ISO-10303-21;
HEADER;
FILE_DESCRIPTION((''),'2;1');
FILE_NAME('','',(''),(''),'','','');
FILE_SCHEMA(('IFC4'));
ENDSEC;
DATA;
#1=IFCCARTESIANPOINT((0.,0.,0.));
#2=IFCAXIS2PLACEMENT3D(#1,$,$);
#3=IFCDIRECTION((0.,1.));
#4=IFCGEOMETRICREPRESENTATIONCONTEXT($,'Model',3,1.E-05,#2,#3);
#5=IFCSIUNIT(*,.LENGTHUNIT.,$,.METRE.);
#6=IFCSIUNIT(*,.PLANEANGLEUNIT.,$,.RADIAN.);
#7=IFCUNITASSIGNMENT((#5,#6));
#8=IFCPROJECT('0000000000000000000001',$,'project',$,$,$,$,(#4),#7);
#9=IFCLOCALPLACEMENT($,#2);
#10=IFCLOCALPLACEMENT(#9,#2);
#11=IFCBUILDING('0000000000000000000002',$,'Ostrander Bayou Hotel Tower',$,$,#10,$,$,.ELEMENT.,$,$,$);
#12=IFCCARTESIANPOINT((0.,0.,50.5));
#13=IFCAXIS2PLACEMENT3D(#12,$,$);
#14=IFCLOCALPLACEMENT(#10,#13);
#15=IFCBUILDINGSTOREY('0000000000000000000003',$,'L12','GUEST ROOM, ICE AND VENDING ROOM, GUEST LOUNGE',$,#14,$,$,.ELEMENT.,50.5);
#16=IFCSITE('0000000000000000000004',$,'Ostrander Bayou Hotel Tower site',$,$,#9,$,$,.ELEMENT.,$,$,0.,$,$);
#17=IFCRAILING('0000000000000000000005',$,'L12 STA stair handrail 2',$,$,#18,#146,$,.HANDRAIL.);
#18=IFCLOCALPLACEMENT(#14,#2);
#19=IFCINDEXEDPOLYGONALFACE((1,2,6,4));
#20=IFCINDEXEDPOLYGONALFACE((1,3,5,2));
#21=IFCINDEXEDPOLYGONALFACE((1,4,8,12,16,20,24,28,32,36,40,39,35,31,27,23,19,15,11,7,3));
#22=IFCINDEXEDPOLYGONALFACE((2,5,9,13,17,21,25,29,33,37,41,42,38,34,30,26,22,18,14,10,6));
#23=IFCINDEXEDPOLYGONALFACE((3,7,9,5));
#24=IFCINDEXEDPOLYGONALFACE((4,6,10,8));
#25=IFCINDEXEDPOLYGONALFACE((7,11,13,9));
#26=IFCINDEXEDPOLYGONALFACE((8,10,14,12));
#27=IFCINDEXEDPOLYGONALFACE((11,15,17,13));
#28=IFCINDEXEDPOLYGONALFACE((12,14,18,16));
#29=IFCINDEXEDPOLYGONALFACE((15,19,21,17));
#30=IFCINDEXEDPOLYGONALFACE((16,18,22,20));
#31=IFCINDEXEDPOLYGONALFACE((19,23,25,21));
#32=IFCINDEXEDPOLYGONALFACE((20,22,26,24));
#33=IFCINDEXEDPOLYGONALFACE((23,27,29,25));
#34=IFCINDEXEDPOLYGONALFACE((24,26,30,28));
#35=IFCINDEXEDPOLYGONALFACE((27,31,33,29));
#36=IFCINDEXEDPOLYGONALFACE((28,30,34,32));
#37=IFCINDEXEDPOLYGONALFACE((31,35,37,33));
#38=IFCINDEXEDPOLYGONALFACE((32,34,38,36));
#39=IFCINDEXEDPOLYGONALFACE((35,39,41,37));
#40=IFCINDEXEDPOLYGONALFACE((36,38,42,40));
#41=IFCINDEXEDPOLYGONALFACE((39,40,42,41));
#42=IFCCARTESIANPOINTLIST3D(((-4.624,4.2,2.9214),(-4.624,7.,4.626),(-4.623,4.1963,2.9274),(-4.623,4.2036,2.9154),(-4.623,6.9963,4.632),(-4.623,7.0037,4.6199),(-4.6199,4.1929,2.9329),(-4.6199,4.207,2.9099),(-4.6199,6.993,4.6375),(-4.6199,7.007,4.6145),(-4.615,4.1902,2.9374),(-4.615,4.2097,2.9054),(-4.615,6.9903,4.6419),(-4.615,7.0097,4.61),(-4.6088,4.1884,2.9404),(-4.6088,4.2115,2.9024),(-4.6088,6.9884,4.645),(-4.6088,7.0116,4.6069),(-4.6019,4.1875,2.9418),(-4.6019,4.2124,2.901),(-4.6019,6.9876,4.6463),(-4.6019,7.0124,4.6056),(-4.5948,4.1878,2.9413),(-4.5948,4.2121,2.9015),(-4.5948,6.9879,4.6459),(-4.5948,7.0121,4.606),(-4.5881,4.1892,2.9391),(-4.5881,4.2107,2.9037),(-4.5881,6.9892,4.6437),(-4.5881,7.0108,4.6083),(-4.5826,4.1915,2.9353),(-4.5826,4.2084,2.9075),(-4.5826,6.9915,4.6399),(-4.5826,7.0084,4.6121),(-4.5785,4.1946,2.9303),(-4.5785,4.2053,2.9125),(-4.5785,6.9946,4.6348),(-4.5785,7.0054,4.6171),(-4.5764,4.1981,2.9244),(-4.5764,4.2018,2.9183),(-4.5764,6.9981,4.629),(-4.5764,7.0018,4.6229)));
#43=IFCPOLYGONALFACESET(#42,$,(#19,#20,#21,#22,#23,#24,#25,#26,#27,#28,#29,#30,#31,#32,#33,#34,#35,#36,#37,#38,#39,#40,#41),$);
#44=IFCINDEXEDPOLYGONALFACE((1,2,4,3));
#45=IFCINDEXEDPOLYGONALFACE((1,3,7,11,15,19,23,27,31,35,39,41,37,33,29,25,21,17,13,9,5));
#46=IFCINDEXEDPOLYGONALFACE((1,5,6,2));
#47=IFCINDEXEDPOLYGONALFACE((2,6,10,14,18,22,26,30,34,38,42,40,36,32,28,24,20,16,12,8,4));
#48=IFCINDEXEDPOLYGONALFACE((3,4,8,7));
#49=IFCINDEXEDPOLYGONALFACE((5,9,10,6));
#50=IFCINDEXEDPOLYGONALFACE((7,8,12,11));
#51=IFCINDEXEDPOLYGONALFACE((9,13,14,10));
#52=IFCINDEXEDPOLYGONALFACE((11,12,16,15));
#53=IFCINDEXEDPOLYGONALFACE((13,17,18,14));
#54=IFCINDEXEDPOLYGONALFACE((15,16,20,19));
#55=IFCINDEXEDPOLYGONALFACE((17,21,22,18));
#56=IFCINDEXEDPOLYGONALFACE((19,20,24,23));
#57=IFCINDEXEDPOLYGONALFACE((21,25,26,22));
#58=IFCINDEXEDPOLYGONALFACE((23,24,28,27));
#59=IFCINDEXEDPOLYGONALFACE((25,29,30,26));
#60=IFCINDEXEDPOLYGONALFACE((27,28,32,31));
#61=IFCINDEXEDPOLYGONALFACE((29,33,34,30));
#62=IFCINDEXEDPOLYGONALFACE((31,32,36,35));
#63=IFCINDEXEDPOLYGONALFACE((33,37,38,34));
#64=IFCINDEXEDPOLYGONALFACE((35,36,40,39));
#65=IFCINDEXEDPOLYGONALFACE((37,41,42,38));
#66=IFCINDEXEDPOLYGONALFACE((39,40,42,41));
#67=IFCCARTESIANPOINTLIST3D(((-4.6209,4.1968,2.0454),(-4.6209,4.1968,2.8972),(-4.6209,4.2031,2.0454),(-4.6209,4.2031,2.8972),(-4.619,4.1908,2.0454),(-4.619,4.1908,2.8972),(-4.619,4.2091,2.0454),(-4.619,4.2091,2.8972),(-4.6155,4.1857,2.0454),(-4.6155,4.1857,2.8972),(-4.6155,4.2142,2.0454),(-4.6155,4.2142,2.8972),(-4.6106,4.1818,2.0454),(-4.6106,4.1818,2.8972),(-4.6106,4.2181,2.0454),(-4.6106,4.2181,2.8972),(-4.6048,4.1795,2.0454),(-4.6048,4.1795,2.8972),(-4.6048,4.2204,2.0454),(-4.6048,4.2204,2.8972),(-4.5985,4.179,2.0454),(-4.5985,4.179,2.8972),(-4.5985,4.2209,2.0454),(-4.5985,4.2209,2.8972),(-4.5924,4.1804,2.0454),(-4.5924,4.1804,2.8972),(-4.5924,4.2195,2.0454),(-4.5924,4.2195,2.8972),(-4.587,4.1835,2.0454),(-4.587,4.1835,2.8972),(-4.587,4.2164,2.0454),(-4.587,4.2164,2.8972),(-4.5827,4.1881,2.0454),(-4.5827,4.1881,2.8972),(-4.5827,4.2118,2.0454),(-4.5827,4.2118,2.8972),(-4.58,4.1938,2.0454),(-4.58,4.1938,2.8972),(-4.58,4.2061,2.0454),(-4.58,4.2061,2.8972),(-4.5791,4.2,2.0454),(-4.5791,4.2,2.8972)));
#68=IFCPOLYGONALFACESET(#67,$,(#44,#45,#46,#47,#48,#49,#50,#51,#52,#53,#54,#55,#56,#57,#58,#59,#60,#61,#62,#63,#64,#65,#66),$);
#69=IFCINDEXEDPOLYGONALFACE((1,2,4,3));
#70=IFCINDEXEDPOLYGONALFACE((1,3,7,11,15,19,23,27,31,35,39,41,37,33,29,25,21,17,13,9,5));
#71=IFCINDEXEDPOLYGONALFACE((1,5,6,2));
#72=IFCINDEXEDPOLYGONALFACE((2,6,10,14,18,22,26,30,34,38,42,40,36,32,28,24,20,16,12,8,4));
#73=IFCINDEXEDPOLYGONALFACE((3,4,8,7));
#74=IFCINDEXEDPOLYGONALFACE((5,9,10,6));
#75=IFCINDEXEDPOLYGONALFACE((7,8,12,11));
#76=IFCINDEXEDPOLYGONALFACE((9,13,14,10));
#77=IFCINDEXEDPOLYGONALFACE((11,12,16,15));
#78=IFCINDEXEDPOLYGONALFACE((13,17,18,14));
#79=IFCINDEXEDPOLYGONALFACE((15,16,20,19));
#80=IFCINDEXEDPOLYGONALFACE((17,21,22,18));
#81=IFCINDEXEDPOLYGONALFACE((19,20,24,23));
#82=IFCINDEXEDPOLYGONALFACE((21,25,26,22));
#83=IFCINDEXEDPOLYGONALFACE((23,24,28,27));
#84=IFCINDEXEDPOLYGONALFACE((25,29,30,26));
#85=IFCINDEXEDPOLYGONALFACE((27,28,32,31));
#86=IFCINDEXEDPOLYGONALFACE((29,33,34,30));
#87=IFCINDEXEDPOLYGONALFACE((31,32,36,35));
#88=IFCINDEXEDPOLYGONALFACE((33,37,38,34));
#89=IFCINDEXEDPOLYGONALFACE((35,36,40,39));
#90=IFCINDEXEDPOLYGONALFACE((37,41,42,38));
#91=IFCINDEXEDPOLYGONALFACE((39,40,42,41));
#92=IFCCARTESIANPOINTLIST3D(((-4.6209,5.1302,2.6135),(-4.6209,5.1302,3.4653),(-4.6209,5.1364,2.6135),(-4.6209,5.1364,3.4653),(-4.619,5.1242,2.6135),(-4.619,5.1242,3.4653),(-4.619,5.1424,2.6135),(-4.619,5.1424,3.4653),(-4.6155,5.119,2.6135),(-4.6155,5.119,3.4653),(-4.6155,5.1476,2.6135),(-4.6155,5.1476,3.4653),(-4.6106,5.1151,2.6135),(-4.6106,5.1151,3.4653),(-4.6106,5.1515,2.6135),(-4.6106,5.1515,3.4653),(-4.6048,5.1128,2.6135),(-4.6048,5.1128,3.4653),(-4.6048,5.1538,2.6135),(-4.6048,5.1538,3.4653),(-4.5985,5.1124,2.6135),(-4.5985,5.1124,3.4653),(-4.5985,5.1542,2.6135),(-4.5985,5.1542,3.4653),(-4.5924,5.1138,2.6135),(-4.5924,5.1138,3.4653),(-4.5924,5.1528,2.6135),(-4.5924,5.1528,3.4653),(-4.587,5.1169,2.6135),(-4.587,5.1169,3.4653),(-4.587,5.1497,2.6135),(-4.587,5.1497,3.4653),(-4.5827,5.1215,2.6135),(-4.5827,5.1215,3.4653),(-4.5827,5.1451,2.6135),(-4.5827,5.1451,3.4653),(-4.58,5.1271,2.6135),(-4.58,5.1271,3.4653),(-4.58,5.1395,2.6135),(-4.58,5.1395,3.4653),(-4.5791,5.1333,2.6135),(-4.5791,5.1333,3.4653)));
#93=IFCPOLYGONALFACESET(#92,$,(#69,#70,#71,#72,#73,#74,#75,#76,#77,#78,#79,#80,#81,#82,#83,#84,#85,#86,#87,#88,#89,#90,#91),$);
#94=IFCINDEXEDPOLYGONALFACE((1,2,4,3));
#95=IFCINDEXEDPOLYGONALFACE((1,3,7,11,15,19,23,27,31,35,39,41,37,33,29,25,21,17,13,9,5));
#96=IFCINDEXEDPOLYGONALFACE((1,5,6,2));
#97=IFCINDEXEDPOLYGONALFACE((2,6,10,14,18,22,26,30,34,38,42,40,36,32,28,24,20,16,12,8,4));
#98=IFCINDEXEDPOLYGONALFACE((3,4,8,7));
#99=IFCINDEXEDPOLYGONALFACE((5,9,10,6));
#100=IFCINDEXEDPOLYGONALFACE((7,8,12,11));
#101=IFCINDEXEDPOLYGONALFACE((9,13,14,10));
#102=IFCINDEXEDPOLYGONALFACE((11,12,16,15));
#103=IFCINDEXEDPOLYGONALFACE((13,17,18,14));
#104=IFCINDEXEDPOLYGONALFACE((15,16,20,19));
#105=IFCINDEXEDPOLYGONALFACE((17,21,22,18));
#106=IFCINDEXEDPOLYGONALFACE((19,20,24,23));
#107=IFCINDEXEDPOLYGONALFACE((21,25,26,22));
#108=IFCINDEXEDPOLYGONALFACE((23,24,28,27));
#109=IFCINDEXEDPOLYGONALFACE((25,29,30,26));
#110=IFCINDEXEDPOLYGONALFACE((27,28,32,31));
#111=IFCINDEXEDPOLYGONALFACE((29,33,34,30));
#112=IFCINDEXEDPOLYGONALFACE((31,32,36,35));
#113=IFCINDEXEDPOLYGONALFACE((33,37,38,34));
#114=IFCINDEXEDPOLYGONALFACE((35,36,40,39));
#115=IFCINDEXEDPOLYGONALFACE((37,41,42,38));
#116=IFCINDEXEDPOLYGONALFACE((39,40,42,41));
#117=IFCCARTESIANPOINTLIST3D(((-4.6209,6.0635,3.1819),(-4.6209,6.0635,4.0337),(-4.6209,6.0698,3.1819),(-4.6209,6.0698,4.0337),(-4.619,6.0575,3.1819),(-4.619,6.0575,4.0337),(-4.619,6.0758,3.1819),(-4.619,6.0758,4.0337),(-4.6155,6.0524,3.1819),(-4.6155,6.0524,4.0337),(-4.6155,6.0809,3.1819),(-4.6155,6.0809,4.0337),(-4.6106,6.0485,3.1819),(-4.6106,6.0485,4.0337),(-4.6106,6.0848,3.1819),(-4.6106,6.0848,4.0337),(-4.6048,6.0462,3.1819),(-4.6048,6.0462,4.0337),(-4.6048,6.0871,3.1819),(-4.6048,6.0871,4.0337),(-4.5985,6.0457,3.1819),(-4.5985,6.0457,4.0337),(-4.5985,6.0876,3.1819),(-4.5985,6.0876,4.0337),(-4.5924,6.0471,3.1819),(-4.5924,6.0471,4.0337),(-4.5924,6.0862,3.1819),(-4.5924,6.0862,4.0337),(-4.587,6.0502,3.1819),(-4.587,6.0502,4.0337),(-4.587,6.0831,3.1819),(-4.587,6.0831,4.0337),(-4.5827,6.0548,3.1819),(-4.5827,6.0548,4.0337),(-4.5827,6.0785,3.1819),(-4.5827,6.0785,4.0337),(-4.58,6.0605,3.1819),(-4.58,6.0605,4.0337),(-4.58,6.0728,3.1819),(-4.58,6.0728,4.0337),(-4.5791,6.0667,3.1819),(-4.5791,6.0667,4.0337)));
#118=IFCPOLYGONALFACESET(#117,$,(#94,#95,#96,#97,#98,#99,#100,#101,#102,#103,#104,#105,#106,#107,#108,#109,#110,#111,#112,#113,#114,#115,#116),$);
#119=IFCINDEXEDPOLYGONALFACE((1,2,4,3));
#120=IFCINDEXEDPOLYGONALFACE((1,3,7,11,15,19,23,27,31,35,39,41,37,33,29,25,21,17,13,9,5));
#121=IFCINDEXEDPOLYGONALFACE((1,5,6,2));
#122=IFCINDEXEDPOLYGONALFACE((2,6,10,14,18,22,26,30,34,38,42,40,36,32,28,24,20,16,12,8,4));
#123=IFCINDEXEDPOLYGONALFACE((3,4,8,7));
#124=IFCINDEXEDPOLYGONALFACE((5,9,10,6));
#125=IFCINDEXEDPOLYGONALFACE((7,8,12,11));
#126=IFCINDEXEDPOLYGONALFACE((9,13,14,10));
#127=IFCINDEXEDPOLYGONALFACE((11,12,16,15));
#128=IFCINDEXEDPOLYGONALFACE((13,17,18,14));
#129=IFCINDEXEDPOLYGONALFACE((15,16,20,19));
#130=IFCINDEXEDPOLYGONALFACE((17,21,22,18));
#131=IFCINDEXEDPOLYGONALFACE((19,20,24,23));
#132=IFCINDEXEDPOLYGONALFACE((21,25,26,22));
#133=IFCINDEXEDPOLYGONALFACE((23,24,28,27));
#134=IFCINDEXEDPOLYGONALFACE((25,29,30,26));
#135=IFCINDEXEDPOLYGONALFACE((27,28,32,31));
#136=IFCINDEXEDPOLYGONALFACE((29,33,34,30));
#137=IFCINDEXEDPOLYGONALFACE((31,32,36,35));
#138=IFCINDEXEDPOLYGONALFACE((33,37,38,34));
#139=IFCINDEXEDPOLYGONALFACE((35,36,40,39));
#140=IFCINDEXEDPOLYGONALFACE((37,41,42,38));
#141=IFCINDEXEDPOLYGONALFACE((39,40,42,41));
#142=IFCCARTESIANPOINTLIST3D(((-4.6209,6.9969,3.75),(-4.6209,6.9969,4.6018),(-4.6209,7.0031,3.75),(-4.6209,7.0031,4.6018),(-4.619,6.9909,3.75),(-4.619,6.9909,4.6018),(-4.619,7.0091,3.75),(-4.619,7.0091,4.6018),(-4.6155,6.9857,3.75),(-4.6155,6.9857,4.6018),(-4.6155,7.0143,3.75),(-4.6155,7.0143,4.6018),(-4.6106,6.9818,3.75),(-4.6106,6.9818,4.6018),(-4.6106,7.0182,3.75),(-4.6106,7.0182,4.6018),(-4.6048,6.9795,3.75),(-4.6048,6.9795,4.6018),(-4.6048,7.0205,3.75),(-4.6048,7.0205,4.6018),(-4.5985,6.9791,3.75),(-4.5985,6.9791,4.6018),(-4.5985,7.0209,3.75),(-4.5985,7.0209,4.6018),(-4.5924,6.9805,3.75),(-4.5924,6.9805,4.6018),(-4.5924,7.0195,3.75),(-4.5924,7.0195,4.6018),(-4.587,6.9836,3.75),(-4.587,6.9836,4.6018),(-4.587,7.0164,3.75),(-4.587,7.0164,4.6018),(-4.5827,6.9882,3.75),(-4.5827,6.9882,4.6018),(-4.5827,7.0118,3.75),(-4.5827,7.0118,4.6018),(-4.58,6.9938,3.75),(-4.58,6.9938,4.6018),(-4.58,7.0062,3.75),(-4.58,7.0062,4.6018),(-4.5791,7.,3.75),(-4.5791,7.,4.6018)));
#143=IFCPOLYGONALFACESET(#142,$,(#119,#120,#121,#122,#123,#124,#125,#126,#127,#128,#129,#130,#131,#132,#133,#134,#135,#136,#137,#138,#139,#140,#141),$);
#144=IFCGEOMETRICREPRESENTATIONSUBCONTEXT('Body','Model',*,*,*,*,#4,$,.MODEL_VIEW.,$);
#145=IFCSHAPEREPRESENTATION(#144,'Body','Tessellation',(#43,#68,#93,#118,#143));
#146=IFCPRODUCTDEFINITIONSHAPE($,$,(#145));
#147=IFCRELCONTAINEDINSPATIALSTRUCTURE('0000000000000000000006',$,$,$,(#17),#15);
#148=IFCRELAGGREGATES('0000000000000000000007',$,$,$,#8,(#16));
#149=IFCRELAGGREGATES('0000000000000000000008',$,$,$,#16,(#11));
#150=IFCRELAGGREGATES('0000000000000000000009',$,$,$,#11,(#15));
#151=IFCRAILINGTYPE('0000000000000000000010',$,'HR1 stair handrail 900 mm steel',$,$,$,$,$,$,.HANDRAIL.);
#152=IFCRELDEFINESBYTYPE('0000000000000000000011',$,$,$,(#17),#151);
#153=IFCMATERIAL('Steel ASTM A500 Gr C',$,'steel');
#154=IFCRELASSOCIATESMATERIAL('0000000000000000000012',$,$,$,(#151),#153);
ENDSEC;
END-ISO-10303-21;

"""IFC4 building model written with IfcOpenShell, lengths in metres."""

from ifc_helpers import new_model, si_unit, direction, frame, origin, origin_2d, place, context, subcontext, project, spatial, circle, extrude, material, type_object, element, save


model = new_model("IFC4")

# Units and contexts
model_context = context("Model", 3, precision=1e-05, world=origin(), true_north=direction((0.0, 1.0)))
body_context = subcontext(model_context, "Body", "Model", "MODEL_VIEW")
ifc_project = project(units=[si_unit("LENGTHUNIT", "METRE"), si_unit("PLANEANGLEUNIT", "RADIAN")], contexts=[model_context])

# Site, building, storey
site_placement = place(None, origin())
site = spatial("IfcSite", under=ifc_project, at=site_placement, Name="Ostrander Bayou Hotel Tower site", CompositionType="ELEMENT", RefElevation=0.0)
building_placement = place(site_placement, origin())
building = spatial("IfcBuilding", under=site, at=building_placement, Name="Ostrander Bayou Hotel Tower", CompositionType="ELEMENT")
storey_placement = place(building_placement, frame((0.0, 0.0, 50.5)))
storey = spatial("IfcBuildingStorey", under=building, at=storey_placement, Name="L12", Description="GUEST ROOM, ICE AND VENDING ROOM, GUEST LOUNGE", CompositionType="ELEMENT", Elevation=50.5)

# Railing
ifc_material_1 = material(Name="Steel ASTM A500 Gr C", Category="steel")
railing_type_1 = type_object("IfcRailingType", Name="HR1 stair handrail 900 mm steel", PredefinedType="HANDRAIL", material=ifc_material_1)
railing_1_placement = place(storey_placement, frame((-4.6001, 4.2, 2.0454)))
element("IfcRailing", 1, at=railing_1_placement, inside=storey, type_object=railing_type_1, Name="L12 STA stair handrail 2", PredefinedType="HANDRAIL", context=body_context, shape_type="SweptSolid", body=[
    extrude(circle(Radius=0.0239, at=origin_2d()), frame((0.0, 0.0, 0.876), z_axis=(0.0, 0.85417, 0.519994), x_axis=(-1.0, 0.0, 0.0)), (0.0, 0.0, 1.0), 3.2781),
    extrude(circle(Radius=0.021, at=origin_2d()), origin(), (0.0, 0.0, 1.0), 0.8518),
    extrude(circle(Radius=0.021, at=origin_2d()), frame((0.0, 0.9333, 0.5681)), (0.0, 0.0, 1.0), 0.8518),
    extrude(circle(Radius=0.021, at=origin_2d()), frame((0.0, 1.8667, 1.1365)), (0.0, 0.0, 1.0), 0.8518),
    extrude(circle(Radius=0.021, at=origin_2d()), frame((0.0, 2.8, 1.7046)), (0.0, 0.0, 1.0), 0.8518),
])

save(model, "model.ifc")
